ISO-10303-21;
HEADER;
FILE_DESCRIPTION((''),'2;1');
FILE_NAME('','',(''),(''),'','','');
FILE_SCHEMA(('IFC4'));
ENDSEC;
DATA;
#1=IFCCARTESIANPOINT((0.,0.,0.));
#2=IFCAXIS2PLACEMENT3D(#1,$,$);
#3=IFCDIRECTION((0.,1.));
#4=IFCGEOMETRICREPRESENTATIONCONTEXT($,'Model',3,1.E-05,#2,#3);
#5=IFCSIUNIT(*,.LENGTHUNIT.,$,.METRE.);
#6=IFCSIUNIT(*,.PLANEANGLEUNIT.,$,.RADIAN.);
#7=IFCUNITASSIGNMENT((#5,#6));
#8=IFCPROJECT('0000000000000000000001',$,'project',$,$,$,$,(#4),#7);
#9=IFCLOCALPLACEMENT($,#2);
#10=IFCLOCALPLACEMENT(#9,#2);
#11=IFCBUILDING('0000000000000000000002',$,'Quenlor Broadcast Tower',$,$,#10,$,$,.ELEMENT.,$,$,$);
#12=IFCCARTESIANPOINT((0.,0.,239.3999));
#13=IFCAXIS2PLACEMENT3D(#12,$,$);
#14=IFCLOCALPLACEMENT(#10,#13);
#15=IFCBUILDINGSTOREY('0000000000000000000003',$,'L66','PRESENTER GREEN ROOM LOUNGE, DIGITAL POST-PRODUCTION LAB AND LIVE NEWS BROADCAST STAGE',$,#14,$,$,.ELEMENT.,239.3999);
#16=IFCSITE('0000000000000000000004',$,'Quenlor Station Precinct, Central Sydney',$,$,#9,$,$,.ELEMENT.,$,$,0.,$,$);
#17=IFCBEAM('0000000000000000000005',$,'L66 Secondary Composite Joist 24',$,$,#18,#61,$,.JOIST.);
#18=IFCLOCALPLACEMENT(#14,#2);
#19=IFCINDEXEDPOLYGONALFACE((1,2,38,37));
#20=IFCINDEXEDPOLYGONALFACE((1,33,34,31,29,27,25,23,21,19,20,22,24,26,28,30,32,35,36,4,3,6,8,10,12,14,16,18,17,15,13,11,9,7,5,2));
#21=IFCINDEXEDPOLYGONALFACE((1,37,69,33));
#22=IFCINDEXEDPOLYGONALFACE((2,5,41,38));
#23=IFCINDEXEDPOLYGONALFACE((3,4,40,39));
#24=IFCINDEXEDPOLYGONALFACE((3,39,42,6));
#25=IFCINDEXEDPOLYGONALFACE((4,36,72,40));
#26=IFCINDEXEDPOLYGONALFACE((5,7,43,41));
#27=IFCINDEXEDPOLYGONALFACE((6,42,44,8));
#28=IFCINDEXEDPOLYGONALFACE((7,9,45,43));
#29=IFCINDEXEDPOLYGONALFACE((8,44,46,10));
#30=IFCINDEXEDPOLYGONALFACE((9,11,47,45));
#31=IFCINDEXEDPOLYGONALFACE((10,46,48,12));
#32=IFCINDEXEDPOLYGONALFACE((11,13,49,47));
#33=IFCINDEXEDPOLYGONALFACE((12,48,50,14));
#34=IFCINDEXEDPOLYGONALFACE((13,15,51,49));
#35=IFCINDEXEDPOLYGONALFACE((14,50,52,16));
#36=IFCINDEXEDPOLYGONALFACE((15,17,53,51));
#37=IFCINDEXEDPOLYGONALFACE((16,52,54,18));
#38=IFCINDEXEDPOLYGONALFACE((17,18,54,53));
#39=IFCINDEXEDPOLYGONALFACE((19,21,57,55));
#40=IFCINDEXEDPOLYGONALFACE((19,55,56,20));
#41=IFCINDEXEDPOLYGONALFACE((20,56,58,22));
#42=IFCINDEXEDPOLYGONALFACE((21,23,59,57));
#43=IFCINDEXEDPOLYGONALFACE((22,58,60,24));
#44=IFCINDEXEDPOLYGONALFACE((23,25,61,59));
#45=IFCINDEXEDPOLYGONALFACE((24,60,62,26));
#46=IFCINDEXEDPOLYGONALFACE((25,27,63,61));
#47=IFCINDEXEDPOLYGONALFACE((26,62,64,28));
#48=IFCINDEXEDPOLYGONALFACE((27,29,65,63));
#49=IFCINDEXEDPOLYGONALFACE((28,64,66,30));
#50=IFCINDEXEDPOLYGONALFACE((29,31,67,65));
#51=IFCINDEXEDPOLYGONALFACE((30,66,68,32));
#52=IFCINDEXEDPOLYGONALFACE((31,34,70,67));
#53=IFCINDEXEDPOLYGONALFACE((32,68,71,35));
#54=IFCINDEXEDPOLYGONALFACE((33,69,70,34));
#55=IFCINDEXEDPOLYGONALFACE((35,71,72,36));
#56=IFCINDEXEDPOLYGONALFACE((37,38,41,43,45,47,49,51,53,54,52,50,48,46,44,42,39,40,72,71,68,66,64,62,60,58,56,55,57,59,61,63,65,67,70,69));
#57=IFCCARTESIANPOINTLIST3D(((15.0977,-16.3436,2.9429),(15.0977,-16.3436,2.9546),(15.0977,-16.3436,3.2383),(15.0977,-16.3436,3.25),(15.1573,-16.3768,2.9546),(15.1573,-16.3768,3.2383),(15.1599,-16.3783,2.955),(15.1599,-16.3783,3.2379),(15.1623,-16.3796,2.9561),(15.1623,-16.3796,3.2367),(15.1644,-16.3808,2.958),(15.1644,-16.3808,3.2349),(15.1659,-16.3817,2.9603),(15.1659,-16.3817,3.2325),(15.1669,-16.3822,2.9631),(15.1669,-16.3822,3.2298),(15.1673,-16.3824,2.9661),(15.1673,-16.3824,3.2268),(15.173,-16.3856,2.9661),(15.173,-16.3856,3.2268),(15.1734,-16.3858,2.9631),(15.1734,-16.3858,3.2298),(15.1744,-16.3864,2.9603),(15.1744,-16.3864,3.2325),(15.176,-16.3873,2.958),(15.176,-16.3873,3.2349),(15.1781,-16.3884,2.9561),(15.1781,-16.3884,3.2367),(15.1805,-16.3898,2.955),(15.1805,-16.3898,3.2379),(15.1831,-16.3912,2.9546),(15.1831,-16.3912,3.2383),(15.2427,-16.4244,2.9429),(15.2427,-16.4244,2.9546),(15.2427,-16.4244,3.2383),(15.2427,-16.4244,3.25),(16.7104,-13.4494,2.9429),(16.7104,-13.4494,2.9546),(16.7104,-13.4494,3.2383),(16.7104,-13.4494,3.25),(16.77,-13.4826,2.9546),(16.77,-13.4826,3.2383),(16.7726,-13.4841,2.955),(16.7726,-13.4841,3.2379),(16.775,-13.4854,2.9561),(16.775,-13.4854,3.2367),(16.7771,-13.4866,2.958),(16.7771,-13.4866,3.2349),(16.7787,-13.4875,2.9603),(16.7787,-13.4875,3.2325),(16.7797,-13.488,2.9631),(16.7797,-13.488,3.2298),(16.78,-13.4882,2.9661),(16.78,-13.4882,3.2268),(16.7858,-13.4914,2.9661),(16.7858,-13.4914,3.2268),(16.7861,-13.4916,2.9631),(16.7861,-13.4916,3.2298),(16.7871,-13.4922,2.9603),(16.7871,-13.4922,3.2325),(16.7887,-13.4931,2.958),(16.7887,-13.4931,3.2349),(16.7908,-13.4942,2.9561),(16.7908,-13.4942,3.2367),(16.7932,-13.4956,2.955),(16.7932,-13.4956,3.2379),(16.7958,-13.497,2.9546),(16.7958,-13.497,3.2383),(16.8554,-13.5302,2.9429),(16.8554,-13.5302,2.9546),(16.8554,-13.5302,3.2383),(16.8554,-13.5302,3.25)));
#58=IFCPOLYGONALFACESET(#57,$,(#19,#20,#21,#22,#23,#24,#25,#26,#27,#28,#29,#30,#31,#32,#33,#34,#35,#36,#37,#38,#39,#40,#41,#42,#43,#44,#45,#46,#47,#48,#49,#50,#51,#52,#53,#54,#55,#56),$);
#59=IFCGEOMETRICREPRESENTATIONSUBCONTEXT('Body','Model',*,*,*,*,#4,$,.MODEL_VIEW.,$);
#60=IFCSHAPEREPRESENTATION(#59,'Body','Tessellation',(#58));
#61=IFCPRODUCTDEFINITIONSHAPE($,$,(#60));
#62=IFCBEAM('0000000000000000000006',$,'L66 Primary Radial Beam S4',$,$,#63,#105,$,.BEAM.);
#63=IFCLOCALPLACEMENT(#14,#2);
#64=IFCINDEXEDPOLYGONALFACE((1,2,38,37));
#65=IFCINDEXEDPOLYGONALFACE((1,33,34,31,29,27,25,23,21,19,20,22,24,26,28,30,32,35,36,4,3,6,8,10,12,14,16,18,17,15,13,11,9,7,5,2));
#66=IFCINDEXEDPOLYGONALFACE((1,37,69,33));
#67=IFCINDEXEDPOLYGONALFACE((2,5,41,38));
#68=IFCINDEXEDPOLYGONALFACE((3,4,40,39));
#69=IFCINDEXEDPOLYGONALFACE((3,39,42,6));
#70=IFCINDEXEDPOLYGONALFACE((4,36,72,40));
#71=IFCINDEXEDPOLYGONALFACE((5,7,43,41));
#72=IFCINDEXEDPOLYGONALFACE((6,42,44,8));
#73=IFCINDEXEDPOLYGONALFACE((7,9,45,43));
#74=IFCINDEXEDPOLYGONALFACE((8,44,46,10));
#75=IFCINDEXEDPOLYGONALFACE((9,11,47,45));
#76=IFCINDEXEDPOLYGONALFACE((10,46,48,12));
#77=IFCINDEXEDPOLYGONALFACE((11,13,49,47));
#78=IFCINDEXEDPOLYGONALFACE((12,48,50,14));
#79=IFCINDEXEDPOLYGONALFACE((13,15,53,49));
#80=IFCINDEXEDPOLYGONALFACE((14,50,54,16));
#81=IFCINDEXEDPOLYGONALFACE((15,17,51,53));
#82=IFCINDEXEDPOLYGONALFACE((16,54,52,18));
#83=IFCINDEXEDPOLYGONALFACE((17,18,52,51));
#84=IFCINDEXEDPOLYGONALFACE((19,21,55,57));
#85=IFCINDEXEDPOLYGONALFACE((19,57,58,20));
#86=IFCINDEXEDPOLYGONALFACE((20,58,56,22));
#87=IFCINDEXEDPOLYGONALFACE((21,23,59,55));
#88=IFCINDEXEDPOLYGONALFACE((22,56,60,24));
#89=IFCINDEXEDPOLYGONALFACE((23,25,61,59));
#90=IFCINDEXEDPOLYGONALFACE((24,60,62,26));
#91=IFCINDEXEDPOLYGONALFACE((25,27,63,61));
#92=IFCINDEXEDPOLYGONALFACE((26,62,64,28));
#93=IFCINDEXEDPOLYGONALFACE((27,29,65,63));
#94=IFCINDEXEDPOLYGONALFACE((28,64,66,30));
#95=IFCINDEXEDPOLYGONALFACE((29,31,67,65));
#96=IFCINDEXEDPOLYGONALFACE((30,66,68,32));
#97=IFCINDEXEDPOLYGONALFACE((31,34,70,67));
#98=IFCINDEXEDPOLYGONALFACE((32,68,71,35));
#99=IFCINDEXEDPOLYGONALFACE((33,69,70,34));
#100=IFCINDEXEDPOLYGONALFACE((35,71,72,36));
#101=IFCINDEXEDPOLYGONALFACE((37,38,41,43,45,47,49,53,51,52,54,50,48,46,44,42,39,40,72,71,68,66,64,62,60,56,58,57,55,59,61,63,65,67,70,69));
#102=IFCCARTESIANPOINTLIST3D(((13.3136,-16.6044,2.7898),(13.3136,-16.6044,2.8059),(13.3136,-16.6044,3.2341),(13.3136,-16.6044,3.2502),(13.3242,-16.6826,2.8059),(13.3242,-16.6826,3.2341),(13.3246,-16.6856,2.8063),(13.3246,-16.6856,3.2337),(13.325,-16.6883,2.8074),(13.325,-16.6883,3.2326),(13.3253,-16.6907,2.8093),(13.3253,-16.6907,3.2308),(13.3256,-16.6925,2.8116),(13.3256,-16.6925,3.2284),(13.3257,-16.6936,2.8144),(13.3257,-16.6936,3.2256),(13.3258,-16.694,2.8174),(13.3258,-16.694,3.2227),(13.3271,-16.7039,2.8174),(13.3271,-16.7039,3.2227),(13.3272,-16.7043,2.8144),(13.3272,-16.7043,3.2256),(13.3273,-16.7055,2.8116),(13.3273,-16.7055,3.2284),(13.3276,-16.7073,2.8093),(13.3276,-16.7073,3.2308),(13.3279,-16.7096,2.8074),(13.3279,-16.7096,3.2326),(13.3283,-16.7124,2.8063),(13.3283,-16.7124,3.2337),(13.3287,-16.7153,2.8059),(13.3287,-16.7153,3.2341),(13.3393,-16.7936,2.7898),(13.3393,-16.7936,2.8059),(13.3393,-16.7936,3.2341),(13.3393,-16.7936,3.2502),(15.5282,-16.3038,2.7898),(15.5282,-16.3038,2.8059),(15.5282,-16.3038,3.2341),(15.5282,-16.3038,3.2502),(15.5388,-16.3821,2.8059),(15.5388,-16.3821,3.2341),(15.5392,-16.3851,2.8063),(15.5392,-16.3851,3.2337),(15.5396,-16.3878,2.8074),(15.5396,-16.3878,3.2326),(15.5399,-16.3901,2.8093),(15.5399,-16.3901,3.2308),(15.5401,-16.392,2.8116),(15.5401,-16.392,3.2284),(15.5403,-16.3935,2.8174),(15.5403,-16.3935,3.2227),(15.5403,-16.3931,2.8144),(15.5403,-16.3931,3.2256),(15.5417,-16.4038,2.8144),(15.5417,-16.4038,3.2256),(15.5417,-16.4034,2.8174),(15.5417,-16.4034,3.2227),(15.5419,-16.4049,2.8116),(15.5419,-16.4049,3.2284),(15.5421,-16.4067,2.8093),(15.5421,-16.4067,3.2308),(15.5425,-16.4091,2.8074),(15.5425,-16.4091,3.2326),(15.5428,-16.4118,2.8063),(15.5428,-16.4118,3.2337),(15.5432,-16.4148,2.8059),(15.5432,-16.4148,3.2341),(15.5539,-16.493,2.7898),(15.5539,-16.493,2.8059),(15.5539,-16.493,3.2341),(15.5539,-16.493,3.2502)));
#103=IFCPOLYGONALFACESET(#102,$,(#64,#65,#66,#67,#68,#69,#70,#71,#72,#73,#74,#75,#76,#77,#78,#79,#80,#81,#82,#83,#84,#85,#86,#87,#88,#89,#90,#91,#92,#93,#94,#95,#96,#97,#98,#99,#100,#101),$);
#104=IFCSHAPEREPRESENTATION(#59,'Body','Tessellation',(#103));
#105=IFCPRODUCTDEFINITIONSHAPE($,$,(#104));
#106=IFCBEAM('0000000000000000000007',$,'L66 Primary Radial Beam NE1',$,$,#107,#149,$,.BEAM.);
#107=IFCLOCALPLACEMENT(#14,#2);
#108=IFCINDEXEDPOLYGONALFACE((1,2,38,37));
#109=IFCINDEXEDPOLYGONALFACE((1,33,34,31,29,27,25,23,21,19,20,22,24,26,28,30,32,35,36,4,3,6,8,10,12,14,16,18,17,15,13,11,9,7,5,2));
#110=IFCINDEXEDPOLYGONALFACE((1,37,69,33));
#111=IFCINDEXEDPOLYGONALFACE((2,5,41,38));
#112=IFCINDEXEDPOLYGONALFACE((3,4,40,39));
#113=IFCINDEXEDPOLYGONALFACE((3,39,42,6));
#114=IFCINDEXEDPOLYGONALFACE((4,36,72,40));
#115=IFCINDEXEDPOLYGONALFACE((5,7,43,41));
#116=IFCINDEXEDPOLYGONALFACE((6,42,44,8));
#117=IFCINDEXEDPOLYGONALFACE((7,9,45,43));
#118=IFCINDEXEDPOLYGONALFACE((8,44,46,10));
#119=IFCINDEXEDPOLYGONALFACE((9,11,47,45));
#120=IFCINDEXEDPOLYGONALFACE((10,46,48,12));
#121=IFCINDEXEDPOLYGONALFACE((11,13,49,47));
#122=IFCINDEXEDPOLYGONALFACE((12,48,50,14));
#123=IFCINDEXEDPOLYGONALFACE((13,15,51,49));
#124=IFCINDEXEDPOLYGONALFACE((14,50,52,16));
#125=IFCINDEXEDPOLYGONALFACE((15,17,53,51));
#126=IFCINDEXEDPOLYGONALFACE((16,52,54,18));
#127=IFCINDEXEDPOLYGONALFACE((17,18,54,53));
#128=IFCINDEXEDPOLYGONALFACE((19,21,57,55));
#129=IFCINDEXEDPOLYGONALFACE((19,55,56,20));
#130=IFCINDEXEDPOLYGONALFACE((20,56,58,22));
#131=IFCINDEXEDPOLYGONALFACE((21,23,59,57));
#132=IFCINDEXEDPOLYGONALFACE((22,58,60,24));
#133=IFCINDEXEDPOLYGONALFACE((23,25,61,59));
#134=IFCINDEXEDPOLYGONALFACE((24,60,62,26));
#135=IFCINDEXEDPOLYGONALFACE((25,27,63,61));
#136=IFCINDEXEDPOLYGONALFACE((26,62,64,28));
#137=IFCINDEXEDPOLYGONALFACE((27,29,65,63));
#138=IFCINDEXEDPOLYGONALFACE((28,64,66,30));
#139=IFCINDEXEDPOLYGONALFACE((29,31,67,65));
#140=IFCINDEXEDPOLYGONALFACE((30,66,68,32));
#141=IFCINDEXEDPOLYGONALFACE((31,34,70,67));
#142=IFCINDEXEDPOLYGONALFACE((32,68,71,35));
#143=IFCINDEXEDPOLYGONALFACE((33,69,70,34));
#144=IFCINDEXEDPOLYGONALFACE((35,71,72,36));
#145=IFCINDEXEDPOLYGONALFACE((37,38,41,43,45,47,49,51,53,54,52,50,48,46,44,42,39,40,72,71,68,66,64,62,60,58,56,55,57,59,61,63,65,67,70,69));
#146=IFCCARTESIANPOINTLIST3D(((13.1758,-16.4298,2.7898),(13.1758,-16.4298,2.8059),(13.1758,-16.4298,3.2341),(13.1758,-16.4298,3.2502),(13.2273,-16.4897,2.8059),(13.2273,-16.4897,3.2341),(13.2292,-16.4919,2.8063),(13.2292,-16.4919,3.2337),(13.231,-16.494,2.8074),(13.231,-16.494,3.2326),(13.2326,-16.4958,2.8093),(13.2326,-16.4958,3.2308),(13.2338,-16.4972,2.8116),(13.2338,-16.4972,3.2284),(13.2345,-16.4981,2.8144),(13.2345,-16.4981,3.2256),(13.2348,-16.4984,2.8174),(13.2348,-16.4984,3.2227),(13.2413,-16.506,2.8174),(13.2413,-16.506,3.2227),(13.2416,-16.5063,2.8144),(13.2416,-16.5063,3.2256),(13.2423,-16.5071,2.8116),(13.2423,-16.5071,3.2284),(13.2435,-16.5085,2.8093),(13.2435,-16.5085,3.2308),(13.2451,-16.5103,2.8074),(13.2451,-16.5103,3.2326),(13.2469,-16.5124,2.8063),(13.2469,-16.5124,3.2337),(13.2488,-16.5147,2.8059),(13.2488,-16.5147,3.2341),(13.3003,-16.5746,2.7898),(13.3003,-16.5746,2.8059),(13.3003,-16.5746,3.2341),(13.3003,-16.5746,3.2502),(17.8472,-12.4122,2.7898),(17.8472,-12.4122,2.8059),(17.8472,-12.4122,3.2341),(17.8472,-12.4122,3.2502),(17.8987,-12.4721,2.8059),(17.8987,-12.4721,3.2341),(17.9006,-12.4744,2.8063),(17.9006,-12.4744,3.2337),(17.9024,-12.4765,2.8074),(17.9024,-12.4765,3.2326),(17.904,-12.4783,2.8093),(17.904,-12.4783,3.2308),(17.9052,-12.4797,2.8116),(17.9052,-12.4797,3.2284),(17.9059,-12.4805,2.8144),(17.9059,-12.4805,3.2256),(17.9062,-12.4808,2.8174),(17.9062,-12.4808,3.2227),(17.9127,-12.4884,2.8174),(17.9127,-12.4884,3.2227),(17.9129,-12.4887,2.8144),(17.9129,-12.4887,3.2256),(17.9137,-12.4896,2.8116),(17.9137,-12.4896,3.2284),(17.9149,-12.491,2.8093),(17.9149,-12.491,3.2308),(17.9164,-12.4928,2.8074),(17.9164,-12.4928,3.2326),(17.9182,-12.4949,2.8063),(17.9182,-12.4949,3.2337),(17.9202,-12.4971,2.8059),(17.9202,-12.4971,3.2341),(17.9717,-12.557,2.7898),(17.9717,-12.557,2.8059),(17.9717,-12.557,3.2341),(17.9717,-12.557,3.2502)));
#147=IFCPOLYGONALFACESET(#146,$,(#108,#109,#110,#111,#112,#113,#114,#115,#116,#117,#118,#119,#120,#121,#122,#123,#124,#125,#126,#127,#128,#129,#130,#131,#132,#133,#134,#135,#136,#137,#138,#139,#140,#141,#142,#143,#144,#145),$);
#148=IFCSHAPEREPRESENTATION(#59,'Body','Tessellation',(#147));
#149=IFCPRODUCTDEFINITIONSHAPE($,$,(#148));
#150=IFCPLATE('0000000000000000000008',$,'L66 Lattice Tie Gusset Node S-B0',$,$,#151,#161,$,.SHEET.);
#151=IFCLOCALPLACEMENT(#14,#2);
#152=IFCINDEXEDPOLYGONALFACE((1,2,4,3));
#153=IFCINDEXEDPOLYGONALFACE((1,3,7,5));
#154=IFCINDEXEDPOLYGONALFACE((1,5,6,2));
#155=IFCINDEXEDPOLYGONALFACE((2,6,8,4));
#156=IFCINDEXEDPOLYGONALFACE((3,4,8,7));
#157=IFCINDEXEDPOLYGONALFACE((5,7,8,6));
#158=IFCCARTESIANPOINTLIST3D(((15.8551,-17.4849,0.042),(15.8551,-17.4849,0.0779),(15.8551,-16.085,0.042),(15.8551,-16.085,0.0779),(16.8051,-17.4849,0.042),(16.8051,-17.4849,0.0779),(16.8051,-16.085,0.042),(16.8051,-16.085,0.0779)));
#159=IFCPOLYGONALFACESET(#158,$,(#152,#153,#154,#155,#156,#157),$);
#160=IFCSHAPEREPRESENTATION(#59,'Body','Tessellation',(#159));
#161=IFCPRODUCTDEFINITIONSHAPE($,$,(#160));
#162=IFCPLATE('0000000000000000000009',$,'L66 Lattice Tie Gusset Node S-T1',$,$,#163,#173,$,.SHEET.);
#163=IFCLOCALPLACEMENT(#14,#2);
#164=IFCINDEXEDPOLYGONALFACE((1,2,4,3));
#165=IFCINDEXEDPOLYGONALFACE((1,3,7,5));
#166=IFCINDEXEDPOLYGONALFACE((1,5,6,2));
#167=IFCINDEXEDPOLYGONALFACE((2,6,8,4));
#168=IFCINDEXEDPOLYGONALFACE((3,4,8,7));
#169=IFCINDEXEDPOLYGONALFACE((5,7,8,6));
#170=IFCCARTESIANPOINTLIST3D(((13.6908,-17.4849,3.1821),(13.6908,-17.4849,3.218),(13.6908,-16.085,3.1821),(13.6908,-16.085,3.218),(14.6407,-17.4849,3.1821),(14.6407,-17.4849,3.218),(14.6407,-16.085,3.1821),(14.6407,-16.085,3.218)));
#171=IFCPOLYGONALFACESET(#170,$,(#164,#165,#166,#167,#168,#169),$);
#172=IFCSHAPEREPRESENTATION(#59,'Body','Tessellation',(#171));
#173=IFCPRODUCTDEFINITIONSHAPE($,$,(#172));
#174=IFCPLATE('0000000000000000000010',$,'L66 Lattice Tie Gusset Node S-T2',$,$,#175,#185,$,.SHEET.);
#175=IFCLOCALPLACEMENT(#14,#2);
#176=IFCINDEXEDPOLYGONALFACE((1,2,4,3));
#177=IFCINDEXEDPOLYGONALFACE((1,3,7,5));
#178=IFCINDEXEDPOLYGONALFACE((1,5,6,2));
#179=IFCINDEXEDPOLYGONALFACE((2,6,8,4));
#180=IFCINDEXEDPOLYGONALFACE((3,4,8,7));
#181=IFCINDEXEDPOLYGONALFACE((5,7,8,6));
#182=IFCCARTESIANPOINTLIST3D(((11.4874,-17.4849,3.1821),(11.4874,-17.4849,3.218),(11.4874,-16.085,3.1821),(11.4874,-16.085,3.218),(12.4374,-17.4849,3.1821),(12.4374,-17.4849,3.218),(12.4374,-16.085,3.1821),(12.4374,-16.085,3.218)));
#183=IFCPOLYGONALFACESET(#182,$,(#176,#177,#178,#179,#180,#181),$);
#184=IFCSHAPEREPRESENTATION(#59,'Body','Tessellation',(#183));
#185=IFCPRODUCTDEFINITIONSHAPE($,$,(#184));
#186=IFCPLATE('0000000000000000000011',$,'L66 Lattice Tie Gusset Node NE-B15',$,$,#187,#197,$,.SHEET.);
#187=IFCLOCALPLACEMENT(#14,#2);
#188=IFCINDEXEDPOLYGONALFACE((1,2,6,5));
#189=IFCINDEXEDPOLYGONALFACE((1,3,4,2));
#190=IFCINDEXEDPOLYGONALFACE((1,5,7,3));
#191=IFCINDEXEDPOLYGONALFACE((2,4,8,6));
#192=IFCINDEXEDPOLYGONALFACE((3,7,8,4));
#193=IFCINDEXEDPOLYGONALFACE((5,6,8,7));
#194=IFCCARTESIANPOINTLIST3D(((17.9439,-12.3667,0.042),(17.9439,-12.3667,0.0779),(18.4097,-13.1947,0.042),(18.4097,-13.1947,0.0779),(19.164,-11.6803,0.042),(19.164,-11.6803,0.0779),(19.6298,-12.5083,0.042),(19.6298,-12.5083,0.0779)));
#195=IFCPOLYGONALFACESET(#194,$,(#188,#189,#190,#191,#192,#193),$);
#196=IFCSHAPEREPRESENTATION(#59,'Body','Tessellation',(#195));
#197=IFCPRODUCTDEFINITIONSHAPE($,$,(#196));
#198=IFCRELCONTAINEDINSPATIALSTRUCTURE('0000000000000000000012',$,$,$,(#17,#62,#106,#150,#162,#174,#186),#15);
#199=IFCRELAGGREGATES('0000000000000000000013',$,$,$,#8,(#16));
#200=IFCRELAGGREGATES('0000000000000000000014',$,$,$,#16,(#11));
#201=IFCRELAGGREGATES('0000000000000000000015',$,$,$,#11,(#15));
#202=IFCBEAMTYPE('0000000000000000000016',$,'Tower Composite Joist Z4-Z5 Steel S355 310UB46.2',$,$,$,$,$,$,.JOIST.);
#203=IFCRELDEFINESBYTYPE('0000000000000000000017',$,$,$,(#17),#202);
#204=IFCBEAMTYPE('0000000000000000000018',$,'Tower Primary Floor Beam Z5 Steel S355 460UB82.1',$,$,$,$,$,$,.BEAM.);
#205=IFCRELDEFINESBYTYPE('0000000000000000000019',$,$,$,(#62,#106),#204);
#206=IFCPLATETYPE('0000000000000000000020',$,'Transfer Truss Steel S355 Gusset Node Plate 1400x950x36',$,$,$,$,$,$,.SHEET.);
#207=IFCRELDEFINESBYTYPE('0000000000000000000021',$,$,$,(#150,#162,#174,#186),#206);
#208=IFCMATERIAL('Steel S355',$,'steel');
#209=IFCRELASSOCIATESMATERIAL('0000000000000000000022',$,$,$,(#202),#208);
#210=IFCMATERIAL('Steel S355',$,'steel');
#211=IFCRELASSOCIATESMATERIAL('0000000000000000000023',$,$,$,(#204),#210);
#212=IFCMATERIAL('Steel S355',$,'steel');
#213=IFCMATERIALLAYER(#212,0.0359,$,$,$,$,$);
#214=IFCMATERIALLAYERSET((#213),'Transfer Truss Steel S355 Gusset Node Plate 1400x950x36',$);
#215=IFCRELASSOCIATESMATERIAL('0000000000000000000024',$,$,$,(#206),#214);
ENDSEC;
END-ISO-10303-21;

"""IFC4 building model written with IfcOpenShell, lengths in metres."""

from ifc_helpers import new_model, si_unit, direction, frame, origin, origin_2d, place, context, subcontext, project, spatial, rectangle, i_section, extrude, material, layer, layer_set, material_profile, profile_set, type_object, element, save


model = new_model("IFC4")

# Units and contexts
model_context = context("Model", 3, precision=1e-05, world=origin(), true_north=direction((0.0, 1.0)))
body_context = subcontext(model_context, "Body", "Model", "MODEL_VIEW")
ifc_project = project(units=[si_unit("LENGTHUNIT", "METRE"), si_unit("PLANEANGLEUNIT", "RADIAN")], contexts=[model_context])

# Site, building, storey
site_placement = place(None, origin())
site = spatial("IfcSite", under=ifc_project, at=site_placement, Name="Quenlor Station Precinct, Central Sydney", CompositionType="ELEMENT", RefElevation=0.0)
building_placement = place(site_placement, origin())
building = spatial("IfcBuilding", under=site, at=building_placement, Name="Quenlor Broadcast Tower", CompositionType="ELEMENT")
storey_placement = place(building_placement, frame((0.0, 0.0, 239.3999)))
storey = spatial("IfcBuildingStorey", under=building, at=storey_placement, Name="L66", Description="PRESENTER GREEN ROOM LOUNGE, DIGITAL POST-PRODUCTION LAB AND LIVE NEWS BROADCAST STAGE", CompositionType="ELEMENT", Elevation=239.3999)

# Beams
ifc_material_1 = material(Name="Steel S355", Category="steel")
ifc_material_profile_1 = material_profile(ifc_material_1, i_section(OverallWidth=0.166, OverallDepth=0.3071, WebThickness=0.0066, FlangeThickness=0.0117, FilletRadius=0.0115, at=origin_2d()))
ifc_profile_set_1 = profile_set([ifc_material_profile_1], Name="Steel S355 310UB46.2")
beam_type_1 = type_object("IfcBeamType", Name="Tower Composite Joist Z4-Z5 Steel S355 310UB46.2", PredefinedType="JOIST", material=ifc_profile_set_1)
beam_1_placement = place(storey_placement, frame((15.1702, -16.384, 3.0964), z_axis=(0.486762, 0.873534, 0.0), x_axis=(-0.873534, 0.486762, 0.0)))
element("IfcBeam", 1, at=beam_1_placement, inside=storey, type_object=beam_type_1, Name="L66 Secondary Composite Joist 24", PredefinedType="JOIST", context=body_context, shape_type="SweptSolid", body=[
    extrude(i_section(OverallWidth=0.166, OverallDepth=0.3071, WebThickness=0.0066, FlangeThickness=0.0117, FilletRadius=0.0115, at=origin_2d()), origin(), (0.0, 0.0, 1.0), 3.3132),
])
ifc_material_2 = material(Name="Steel S355", Category="steel")
ifc_material_profile_2 = material_profile(ifc_material_2, i_section(OverallWidth=0.1909, OverallDepth=0.4604, WebThickness=0.01, FlangeThickness=0.0161, FilletRadius=0.0115, at=origin_2d()))
ifc_profile_set_2 = profile_set([ifc_material_profile_2], Name="Steel S355 460UB82.1")
beam_type_2 = type_object("IfcBeamType", Name="Tower Primary Floor Beam Z5 Steel S355 460UB82.1", PredefinedType="BEAM", material=ifc_profile_set_2)
beam_2_placement = place(storey_placement, frame((15.541, -16.3984, 3.02), z_axis=(-0.990917, -0.134475, 0.0), x_axis=(0.134475, -0.990917, 0.0)))
element("IfcBeam", 2, at=beam_2_placement, inside=storey, type_object=beam_type_2, Name="L66 Primary Radial Beam S4", PredefinedType="BEAM", context=body_context, shape_type="SweptSolid", body=[
    extrude(i_section(OverallWidth=0.1909, OverallDepth=0.4604, WebThickness=0.01, FlangeThickness=0.0161, FilletRadius=0.0115, at=origin_2d()), origin(), (0.0, 0.0, 1.0), 2.2349),
])
beam_3_placement = place(storey_placement, frame((17.9094, -12.4846, 3.02), z_axis=(-0.75817, -0.652057, 0.0), x_axis=(0.652057, -0.75817, 0.0)))
element("IfcBeam", 3, at=beam_3_placement, inside=storey, type_object=beam_type_2, Name="L66 Primary Radial Beam NE1", PredefinedType="BEAM", context=body_context, shape_type="SweptSolid", body=[
    extrude(i_section(OverallWidth=0.1909, OverallDepth=0.4604, WebThickness=0.01, FlangeThickness=0.0161, FilletRadius=0.0115, at=origin_2d()), origin(), (0.0, 0.0, 1.0), 6.1614),
])

# Plates
ifc_material_3 = material(Name="Steel S355", Category="steel")
ifc_layer_1 = layer(ifc_material_3, 0.0359)
ifc_layer_set_1 = layer_set([ifc_layer_1], Name="Transfer Truss Steel S355 Gusset Node Plate 1400x950x36")
plate_type = type_object("IfcPlateType", Name="Transfer Truss Steel S355 Gusset Node Plate 1400x950x36", PredefinedType="SHEET", material=ifc_layer_set_1)
for number, where, z_axis, x_axis, name in (
    (4, (16.3301, -16.7849, 0.042), (0.0, 0.0, 1.0), (0.0, -1.0, 0.0), "L66 Lattice Tie Gusset Node S-B0"),
    (5, (14.1658, -16.7849, 3.1821), (0.0, 0.0, 1.0), (0.0, -1.0, 0.0), "L66 Lattice Tie Gusset Node S-T1"),
    (6, (11.9624, -16.7849, 3.1821), (0.0, 0.0, 1.0), (0.0, -1.0, 0.0), "L66 Lattice Tie Gusset Node S-T2"),
    (7, (18.7869, -12.4375, 0.042), (0.0, 0.0, 1.0), (0.871556, 0.490295, 0.0), "L66 Lattice Tie Gusset Node NE-B15"),
):
    element("IfcPlate", number, at=place(storey_placement, frame(where, z_axis=z_axis, x_axis=x_axis)), inside=storey, type_object=plate_type, Name=name, PredefinedType="SHEET", context=body_context, shape_type="SweptSolid", body=[
        extrude(rectangle(XDim=1.3999, YDim=0.95, at=origin_2d()), origin(), (0.0, 0.0, 1.0), 0.0359),
    ])

save(model, "model.ifc")
